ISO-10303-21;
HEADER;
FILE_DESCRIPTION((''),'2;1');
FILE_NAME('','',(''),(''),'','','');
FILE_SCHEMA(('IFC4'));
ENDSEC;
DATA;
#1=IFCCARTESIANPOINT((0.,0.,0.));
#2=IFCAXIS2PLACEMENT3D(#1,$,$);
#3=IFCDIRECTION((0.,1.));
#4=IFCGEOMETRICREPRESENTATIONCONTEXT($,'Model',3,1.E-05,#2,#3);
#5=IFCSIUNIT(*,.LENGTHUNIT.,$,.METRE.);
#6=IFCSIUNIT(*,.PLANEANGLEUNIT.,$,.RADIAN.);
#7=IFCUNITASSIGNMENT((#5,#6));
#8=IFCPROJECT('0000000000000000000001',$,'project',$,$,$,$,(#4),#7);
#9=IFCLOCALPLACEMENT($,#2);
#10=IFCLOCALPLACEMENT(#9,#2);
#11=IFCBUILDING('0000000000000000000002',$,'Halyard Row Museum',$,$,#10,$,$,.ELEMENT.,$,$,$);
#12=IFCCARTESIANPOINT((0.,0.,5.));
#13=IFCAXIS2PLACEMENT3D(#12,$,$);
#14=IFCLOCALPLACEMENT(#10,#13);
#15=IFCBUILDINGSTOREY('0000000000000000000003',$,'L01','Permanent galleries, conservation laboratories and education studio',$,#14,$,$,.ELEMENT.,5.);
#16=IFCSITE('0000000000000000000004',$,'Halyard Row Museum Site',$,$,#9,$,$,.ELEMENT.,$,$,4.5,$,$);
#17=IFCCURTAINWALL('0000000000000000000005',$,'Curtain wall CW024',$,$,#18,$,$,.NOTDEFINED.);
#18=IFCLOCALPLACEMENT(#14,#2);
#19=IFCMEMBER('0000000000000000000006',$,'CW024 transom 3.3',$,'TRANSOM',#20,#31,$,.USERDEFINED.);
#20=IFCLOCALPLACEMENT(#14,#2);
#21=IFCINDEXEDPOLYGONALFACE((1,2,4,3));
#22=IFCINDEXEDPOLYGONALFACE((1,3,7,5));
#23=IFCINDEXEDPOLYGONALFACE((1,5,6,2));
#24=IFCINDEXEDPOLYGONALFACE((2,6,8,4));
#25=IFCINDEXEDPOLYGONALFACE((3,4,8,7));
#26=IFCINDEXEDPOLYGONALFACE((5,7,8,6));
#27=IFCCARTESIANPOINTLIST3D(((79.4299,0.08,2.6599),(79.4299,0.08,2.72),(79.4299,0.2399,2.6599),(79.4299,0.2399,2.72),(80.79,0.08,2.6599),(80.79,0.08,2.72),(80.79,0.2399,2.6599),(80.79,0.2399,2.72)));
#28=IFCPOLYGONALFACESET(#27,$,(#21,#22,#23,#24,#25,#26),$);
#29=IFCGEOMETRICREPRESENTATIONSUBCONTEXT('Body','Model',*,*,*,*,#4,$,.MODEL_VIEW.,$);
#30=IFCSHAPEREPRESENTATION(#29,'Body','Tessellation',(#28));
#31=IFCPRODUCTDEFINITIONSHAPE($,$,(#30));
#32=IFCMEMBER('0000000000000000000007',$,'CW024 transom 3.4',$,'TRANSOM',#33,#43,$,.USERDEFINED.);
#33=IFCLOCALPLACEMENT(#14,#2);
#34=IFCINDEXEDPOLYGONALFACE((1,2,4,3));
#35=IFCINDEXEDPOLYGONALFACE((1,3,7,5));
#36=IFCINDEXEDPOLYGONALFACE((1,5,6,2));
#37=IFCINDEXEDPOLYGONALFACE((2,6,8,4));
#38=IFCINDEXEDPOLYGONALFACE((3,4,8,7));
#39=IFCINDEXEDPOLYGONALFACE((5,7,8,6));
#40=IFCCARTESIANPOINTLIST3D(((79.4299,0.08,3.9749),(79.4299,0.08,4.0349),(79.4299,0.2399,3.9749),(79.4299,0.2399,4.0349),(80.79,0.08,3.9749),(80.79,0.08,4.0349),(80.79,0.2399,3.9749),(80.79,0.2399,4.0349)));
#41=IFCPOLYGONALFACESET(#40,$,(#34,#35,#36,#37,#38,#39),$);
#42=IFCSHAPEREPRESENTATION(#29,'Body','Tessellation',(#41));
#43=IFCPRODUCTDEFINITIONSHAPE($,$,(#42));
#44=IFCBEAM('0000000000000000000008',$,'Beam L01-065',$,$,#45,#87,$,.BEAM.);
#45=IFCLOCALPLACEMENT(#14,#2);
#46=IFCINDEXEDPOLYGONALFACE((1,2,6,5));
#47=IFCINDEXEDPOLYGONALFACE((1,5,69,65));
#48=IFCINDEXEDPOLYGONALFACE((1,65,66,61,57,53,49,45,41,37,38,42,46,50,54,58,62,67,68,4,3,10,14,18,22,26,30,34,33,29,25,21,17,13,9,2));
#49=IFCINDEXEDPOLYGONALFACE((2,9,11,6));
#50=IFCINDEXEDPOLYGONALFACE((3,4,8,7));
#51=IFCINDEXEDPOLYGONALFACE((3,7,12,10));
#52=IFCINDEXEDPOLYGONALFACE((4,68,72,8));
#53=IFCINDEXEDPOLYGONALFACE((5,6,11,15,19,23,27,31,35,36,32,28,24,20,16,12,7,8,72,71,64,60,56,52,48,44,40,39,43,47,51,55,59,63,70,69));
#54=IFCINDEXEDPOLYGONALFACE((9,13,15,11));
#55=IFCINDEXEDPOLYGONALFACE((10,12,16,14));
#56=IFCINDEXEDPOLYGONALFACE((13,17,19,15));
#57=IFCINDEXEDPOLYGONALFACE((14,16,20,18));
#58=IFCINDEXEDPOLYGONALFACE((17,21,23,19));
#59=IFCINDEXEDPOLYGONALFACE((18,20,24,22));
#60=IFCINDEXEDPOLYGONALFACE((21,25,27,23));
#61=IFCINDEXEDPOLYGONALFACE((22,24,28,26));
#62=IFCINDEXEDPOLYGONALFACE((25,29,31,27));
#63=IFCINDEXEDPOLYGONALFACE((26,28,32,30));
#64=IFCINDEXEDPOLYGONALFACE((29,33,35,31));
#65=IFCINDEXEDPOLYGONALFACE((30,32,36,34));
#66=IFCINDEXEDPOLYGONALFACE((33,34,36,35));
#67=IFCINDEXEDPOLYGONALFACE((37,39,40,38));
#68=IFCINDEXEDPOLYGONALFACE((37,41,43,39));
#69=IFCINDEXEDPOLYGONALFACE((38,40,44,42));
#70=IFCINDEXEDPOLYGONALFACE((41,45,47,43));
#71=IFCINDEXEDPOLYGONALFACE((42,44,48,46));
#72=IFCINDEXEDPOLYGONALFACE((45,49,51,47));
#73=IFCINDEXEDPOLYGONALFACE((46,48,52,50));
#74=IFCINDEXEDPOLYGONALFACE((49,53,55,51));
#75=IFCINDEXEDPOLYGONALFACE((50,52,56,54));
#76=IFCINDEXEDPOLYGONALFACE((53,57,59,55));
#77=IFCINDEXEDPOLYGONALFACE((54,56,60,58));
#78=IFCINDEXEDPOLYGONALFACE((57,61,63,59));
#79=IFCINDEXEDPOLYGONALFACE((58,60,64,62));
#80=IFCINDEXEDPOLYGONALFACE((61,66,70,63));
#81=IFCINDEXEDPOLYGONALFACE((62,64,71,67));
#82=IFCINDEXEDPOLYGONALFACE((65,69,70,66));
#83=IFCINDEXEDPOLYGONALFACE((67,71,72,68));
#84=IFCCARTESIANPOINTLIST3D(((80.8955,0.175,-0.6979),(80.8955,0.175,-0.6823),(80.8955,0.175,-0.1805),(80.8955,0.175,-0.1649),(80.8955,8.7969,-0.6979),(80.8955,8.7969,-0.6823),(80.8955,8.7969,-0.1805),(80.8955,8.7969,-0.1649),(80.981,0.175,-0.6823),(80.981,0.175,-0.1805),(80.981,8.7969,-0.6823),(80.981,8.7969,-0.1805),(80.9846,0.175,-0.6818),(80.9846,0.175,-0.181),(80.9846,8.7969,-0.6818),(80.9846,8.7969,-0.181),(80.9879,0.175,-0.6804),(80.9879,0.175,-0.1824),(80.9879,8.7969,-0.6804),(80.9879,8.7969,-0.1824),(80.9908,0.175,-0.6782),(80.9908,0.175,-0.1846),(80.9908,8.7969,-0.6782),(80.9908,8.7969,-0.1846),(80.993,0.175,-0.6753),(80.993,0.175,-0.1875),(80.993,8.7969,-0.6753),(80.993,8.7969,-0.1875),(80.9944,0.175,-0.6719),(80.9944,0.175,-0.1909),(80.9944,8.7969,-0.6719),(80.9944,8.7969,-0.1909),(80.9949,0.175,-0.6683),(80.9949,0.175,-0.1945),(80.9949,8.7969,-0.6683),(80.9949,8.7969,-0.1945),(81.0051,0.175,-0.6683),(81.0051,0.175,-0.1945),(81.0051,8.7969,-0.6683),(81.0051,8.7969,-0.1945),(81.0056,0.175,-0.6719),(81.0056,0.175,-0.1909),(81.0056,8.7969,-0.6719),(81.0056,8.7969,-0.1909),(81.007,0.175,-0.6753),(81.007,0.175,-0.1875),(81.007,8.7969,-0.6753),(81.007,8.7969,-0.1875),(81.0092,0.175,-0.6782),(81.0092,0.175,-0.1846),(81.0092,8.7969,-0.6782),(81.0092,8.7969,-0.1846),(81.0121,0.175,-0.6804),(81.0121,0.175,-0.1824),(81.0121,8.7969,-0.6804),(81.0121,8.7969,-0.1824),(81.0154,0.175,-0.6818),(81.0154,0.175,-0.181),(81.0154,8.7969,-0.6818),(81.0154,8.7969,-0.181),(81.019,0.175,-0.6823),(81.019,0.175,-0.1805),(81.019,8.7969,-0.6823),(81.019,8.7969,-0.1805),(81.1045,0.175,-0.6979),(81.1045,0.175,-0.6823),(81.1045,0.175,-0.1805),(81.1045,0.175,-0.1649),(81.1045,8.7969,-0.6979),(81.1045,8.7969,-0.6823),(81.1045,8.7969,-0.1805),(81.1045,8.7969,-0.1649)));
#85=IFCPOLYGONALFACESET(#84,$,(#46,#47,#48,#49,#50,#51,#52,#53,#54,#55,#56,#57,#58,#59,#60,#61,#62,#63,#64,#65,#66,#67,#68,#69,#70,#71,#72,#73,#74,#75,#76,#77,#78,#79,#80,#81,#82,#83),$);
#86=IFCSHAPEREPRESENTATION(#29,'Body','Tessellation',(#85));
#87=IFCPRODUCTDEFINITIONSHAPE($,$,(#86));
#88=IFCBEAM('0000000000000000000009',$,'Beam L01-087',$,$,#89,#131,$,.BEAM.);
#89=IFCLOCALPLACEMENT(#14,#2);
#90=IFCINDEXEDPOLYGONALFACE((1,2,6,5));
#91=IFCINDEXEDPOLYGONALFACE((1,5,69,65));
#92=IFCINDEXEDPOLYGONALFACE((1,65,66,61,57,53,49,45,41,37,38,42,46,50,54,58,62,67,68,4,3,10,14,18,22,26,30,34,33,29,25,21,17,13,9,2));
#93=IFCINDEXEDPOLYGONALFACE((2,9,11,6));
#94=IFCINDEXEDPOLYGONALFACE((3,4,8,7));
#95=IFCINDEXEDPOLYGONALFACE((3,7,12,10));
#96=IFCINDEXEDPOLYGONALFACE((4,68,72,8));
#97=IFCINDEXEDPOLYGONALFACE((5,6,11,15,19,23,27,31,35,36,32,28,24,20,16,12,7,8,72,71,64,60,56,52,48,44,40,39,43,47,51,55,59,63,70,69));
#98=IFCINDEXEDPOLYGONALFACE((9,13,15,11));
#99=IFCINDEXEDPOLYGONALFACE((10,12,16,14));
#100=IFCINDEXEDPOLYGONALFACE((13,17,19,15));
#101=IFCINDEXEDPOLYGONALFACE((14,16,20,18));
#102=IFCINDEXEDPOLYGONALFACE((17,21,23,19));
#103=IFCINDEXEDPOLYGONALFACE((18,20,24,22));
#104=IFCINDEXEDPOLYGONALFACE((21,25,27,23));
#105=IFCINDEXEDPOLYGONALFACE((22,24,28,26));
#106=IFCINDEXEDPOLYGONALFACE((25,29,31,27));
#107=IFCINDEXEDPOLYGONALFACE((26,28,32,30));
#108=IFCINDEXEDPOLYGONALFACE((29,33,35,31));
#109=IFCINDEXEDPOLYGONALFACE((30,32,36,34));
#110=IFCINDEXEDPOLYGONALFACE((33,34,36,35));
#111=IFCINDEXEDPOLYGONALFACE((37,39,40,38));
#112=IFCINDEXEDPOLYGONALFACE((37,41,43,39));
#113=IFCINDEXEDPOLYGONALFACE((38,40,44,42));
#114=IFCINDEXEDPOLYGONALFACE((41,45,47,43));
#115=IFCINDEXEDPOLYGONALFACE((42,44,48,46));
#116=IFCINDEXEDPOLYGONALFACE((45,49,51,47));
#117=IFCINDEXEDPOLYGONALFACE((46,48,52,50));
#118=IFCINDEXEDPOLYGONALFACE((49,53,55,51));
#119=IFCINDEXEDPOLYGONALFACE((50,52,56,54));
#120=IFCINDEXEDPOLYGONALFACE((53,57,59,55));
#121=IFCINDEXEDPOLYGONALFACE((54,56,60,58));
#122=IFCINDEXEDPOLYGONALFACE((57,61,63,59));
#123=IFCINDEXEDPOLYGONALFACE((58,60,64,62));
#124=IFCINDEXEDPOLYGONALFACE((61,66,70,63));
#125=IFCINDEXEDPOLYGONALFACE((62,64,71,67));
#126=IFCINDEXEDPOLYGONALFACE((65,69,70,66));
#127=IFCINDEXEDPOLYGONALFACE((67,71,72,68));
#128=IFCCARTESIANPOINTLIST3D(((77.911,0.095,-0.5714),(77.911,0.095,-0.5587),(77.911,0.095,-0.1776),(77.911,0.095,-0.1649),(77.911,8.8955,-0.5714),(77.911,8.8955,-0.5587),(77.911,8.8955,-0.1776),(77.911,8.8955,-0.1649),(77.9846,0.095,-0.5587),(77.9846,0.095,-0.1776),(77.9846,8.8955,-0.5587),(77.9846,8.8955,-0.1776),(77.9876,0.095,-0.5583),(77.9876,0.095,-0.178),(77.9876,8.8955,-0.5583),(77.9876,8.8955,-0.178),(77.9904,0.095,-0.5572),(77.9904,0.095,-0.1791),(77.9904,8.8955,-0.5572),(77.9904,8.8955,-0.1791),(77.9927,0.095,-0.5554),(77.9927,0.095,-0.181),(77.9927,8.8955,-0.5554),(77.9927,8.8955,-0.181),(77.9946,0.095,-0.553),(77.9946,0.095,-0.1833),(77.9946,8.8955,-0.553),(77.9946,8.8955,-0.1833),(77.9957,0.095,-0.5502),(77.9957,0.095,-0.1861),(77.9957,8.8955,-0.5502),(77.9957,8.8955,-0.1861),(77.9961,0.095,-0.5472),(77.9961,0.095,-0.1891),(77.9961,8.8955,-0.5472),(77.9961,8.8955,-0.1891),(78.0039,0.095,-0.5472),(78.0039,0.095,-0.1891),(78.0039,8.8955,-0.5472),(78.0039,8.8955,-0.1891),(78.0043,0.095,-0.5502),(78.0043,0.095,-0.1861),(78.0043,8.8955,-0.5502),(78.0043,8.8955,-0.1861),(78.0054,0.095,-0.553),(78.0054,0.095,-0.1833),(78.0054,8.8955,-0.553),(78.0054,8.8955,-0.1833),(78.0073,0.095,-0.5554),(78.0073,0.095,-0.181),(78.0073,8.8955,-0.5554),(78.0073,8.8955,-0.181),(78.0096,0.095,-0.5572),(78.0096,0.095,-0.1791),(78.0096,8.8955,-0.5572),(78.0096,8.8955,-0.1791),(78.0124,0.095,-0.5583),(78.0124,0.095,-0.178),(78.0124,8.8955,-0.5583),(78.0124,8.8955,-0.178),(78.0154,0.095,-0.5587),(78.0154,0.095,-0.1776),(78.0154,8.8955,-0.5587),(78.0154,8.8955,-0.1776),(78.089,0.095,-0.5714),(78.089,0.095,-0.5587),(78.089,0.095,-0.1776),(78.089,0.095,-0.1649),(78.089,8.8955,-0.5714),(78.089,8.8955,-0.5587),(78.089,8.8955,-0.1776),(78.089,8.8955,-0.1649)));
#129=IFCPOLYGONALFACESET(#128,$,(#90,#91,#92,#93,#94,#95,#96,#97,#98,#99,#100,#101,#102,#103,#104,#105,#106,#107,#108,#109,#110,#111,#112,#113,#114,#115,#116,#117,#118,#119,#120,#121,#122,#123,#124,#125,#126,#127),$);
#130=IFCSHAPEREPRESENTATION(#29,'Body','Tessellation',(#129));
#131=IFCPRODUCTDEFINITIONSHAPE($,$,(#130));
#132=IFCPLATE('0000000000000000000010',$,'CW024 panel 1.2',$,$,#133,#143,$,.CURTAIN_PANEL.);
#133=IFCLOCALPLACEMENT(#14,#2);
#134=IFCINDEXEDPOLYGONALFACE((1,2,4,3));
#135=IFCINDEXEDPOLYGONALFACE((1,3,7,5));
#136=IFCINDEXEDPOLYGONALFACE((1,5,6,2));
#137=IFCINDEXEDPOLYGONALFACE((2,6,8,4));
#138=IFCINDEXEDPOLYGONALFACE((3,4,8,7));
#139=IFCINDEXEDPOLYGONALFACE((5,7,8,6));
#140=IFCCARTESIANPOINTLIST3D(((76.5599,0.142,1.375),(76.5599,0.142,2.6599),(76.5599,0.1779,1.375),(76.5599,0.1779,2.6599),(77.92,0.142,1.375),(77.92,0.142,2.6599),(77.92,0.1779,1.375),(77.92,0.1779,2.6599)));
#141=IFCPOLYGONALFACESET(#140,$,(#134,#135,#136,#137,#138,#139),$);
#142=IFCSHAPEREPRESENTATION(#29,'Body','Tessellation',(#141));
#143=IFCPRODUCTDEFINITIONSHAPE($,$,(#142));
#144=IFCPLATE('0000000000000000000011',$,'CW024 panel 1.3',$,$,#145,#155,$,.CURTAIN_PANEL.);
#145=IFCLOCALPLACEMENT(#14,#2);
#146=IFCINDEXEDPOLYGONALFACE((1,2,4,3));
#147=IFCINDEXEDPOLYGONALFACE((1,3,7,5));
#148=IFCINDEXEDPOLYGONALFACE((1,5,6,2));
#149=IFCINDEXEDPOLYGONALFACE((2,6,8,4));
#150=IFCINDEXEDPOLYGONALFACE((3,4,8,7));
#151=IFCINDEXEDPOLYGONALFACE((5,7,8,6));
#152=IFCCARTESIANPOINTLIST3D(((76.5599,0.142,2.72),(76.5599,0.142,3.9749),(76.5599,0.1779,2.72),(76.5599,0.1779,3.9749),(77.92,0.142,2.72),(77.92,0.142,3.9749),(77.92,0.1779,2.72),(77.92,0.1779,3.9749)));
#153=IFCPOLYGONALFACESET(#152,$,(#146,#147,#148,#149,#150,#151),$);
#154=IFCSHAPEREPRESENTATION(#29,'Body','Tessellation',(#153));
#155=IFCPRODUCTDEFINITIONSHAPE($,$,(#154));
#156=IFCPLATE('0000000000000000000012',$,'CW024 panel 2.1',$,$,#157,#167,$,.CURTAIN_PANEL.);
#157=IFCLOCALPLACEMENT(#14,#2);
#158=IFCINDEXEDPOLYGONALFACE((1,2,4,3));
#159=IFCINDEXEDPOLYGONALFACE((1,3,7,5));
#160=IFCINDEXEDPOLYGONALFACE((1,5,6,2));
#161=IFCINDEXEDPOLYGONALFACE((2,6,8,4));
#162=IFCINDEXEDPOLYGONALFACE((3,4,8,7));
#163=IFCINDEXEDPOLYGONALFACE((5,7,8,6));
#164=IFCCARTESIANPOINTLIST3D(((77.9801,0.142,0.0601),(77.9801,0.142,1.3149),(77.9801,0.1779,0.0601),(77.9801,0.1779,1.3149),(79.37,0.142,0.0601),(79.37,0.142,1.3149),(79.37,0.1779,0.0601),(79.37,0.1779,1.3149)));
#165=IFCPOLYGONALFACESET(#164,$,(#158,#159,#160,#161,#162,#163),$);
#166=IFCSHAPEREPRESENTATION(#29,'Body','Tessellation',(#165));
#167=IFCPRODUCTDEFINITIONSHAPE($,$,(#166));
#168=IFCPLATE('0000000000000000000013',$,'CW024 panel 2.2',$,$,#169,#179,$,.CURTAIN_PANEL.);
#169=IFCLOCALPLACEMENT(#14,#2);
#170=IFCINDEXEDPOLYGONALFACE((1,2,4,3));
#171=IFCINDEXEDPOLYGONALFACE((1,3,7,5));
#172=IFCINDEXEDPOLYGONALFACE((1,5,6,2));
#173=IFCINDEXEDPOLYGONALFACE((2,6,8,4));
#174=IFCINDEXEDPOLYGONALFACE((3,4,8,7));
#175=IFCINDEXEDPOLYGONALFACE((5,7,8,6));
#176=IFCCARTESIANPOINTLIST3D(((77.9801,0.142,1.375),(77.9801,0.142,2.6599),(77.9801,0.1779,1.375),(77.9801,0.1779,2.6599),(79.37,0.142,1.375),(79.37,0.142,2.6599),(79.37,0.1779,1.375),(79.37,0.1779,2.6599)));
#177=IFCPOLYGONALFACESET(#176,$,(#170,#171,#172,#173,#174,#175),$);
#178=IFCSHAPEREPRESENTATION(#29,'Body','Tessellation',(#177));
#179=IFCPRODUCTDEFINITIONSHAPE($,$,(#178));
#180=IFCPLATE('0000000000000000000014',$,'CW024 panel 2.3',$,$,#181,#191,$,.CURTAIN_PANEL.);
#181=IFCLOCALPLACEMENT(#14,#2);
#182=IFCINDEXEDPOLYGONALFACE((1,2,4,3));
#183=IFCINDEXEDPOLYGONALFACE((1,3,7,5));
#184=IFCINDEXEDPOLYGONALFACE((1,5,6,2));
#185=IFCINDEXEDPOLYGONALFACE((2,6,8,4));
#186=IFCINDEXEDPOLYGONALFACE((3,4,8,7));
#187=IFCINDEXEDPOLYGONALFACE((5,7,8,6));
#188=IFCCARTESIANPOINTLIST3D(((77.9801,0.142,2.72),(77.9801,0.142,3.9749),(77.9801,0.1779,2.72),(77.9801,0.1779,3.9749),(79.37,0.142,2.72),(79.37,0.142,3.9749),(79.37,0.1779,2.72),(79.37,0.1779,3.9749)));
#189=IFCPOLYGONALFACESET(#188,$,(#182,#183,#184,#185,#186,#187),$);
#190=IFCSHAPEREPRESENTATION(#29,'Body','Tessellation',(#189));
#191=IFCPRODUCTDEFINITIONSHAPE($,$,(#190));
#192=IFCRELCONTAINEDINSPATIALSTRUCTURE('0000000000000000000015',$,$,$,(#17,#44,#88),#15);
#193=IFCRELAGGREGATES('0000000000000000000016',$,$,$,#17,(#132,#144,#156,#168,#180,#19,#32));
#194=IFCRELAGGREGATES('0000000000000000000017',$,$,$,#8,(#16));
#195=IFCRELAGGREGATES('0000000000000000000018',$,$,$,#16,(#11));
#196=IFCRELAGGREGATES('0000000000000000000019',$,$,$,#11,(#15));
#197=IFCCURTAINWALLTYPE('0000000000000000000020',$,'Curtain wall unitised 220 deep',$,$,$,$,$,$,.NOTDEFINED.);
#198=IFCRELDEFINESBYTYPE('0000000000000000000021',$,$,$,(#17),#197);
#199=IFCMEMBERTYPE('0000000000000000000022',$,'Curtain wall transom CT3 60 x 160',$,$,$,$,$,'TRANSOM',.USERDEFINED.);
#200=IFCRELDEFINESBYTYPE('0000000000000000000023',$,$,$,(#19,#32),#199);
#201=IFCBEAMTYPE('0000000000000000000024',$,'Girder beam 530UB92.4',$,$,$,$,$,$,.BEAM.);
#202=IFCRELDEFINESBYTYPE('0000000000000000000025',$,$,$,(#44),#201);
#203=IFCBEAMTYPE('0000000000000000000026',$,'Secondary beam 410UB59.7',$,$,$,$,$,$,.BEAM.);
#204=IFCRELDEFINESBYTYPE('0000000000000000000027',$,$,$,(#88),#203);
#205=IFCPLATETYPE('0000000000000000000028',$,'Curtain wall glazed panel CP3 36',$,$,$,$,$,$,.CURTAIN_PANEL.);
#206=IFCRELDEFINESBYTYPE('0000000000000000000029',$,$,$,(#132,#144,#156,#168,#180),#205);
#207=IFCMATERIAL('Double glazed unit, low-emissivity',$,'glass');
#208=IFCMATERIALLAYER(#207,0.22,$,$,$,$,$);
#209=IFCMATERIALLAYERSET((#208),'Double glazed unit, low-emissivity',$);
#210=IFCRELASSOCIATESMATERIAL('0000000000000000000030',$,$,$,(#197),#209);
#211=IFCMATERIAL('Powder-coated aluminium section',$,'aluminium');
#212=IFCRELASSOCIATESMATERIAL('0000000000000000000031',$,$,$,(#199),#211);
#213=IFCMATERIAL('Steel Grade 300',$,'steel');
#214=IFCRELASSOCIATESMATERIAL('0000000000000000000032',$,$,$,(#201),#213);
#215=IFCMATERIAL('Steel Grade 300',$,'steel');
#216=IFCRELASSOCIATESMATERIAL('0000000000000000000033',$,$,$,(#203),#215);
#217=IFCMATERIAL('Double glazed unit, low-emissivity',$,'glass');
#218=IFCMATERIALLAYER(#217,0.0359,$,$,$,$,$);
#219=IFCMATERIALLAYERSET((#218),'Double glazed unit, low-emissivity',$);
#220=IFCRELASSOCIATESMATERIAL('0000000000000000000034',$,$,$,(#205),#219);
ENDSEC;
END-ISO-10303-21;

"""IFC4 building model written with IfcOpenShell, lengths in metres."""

from ifc_helpers import new_model, si_unit, direction, frame, origin, origin_2d, place, context, subcontext, project, spatial, rectangle, i_section, extrude, material, layer, layer_set, material_profile, profile_set, type_object, element, aggregate, save


model = new_model("IFC4")

# Units and contexts
model_context = context("Model", 3, precision=1e-05, world=origin(), true_north=direction((0.0, 1.0)))
body_context = subcontext(model_context, "Body", "Model", "MODEL_VIEW")
ifc_project = project(units=[si_unit("LENGTHUNIT", "METRE"), si_unit("PLANEANGLEUNIT", "RADIAN")], contexts=[model_context])

# Site, building, storey
site_placement = place(None, origin())
site = spatial("IfcSite", under=ifc_project, at=site_placement, Name="Halyard Row Museum Site", CompositionType="ELEMENT", RefElevation=4.5)
building_placement = place(site_placement, origin())
building = spatial("IfcBuilding", under=site, at=building_placement, Name="Halyard Row Museum", CompositionType="ELEMENT")
storey_placement = place(building_placement, frame((0.0, 0.0, 5.0)))
storey = spatial("IfcBuildingStorey", under=building, at=storey_placement, Name="L01", Description="Permanent galleries, conservation laboratories and education studio", CompositionType="ELEMENT", Elevation=5.0)

# Curtain wall, members
ifc_material_1 = material(Name="Double glazed unit, low-emissivity", Category="glass")
ifc_layer_1 = layer(ifc_material_1, 0.22)
ifc_layer_set_1 = layer_set([ifc_layer_1], Name="Double glazed unit, low-emissivity")
curtain_wall_type = type_object("IfcCurtainWallType", Name="Curtain wall unitised 220 deep", PredefinedType="NOTDEFINED", material=ifc_layer_set_1)
curtain_wall_placement = place(storey_placement, origin())
curtain_wall = element("IfcCurtainWall", 1, at=curtain_wall_placement, inside=storey, type_object=curtain_wall_type, Name="Curtain wall CW024", PredefinedType="NOTDEFINED")
ifc_material_2 = material(Name="Powder-coated aluminium section", Category="aluminium")
ifc_material_profile_1 = material_profile(ifc_material_2, rectangle(XDim=0.1599, YDim=0.0601, at=origin_2d()), Name="160x60 transom")
ifc_profile_set_1 = profile_set([ifc_material_profile_1], Name="Powder-coated aluminium section")
member_type_1 = type_object("IfcMemberType", Name="Curtain wall transom CT3 60 x 160", ElementType="TRANSOM", PredefinedType="USERDEFINED", material=ifc_profile_set_1)
member_1_placement = place(storey_placement, frame((79.4299, 0.1599, 2.6899), z_axis=(1.0, 0.0, 0.0), x_axis=(0.0, 1.0, 0.0)))
member_1 = element("IfcMember", 2, at=member_1_placement, type_object=member_type_1, Name="CW024 transom 3.3", ObjectType="TRANSOM", PredefinedType="USERDEFINED", context=body_context, shape_type="SweptSolid", body=[
    extrude(rectangle(XDim=0.1599, YDim=0.0601, at=origin_2d()), origin(), (0.0, 0.0, 1.0), 1.3601),
])
member_2_placement = place(storey_placement, frame((79.4299, 0.1599, 4.0049), z_axis=(1.0, 0.0, 0.0), x_axis=(0.0, 1.0, 0.0)))
member_2 = element("IfcMember", 3, at=member_2_placement, type_object=member_type_1, Name="CW024 transom 3.4", ObjectType="TRANSOM", PredefinedType="USERDEFINED", context=body_context, shape_type="SweptSolid", body=[
    extrude(rectangle(XDim=0.1599, YDim=0.0601, at=origin_2d()), origin(), (0.0, 0.0, 1.0), 1.3601),
])

# Beams
ifc_material_3 = material(Name="Steel Grade 300", Category="steel")
ifc_material_profile_2 = material_profile(ifc_material_3, i_section(OverallWidth=0.209, OverallDepth=0.533, WebThickness=0.0103, FlangeThickness=0.0156, FilletRadius=0.0139, at=origin_2d()), Name="530UB92.4")
ifc_profile_set_2 = profile_set([ifc_material_profile_2], Name="Steel Grade 300")
beam_type_1 = type_object("IfcBeamType", Name="Girder beam 530UB92.4", PredefinedType="BEAM", material=ifc_profile_set_2)
beam_1_placement = place(storey_placement, frame((81.0, 0.175, -0.4314), z_axis=(0.0, 1.0, 0.0), x_axis=(-1.0, 0.0, 0.0)))
element("IfcBeam", 4, at=beam_1_placement, inside=storey, type_object=beam_type_1, Name="Beam L01-065", PredefinedType="BEAM", context=body_context, shape_type="SweptSolid", body=[
    extrude(i_section(OverallWidth=0.209, OverallDepth=0.533, WebThickness=0.0103, FlangeThickness=0.0156, FilletRadius=0.0139, at=origin_2d()), origin(), (0.0, 0.0, 1.0), 8.6218),
])
ifc_material_4 = material(Name="Steel Grade 300", Category="steel")
ifc_material_profile_3 = material_profile(ifc_material_4, i_section(OverallWidth=0.178, OverallDepth=0.4065, WebThickness=0.0078, FlangeThickness=0.0127, FilletRadius=0.0115, at=origin_2d()), Name="410UB59.7")
ifc_profile_set_3 = profile_set([ifc_material_profile_3], Name="Steel Grade 300")
beam_type_2 = type_object("IfcBeamType", Name="Secondary beam 410UB59.7", PredefinedType="BEAM", material=ifc_profile_set_3)
beam_2_placement = place(storey_placement, frame((78.0, 0.095, -0.3682), z_axis=(0.0, 1.0, 0.0), x_axis=(-1.0, 0.0, 0.0)))
element("IfcBeam", 5, at=beam_2_placement, inside=storey, type_object=beam_type_2, Name="Beam L01-087", PredefinedType="BEAM", context=body_context, shape_type="SweptSolid", body=[
    extrude(i_section(OverallWidth=0.178, OverallDepth=0.4065, WebThickness=0.0078, FlangeThickness=0.0127, FilletRadius=0.0115, at=origin_2d()), origin(), (0.0, 0.0, 1.0), 8.8005),
])

# Plates
ifc_material_5 = material(Name="Double glazed unit, low-emissivity", Category="glass")
ifc_layer_2 = layer(ifc_material_5, 0.0359)
ifc_layer_set_2 = layer_set([ifc_layer_2], Name="Double glazed unit, low-emissivity")
plate_type = type_object("IfcPlateType", Name="Curtain wall glazed panel CP3 36", PredefinedType="CURTAIN_PANEL", material=ifc_layer_set_2)
plate_1_placement = place(storey_placement, frame((77.24, 0.1599, 1.375), z_axis=(0.0, 0.0, 1.0), x_axis=(1.0, 0.0, 0.0)))
plate_1 = element("IfcPlate", 6, at=plate_1_placement, type_object=plate_type, Name="CW024 panel 1.2", PredefinedType="CURTAIN_PANEL", context=body_context, shape_type="SweptSolid", body=[
    extrude(rectangle(XDim=1.3601, YDim=0.0359, at=origin_2d()), origin(), (0.0, 0.0, 1.0), 1.2849),
])
plate_2_placement = place(storey_placement, frame((77.24, 0.1599, 2.72), z_axis=(0.0, 0.0, 1.0), x_axis=(1.0, 0.0, 0.0)))
plate_2 = element("IfcPlate", 7, at=plate_2_placement, type_object=plate_type, Name="CW024 panel 1.3", PredefinedType="CURTAIN_PANEL", context=body_context, shape_type="SweptSolid", body=[
    extrude(rectangle(XDim=1.3601, YDim=0.0359, at=origin_2d()), origin(), (0.0, 0.0, 1.0), 1.2549),
])
plate_3_placement = place(storey_placement, frame((78.675, 0.1599, 0.0601), z_axis=(0.0, 0.0, 1.0), x_axis=(1.0, 0.0, 0.0)))
plate_3 = element("IfcPlate", 8, at=plate_3_placement, type_object=plate_type, Name="CW024 panel 2.1", PredefinedType="CURTAIN_PANEL", context=body_context, shape_type="SweptSolid", body=[
    extrude(rectangle(XDim=1.3899, YDim=0.0359, at=origin_2d()), origin(), (0.0, 0.0, 1.0), 1.2549),
])
plate_4_placement = place(storey_placement, frame((78.675, 0.1599, 1.375), z_axis=(0.0, 0.0, 1.0), x_axis=(1.0, 0.0, 0.0)))
plate_4 = element("IfcPlate", 9, at=plate_4_placement, type_object=plate_type, Name="CW024 panel 2.2", PredefinedType="CURTAIN_PANEL", context=body_context, shape_type="SweptSolid", body=[
    extrude(rectangle(XDim=1.3899, YDim=0.0359, at=origin_2d()), origin(), (0.0, 0.0, 1.0), 1.2849),
])
plate_5_placement = place(storey_placement, frame((78.675, 0.1599, 2.72), z_axis=(0.0, 0.0, 1.0), x_axis=(1.0, 0.0, 0.0)))
plate_5 = element("IfcPlate", 10, at=plate_5_placement, type_object=plate_type, Name="CW024 panel 2.3", PredefinedType="CURTAIN_PANEL", context=body_context, shape_type="SweptSolid", body=[
    extrude(rectangle(XDim=1.3899, YDim=0.0359, at=origin_2d()), origin(), (0.0, 0.0, 1.0), 1.2549),
])
aggregate(curtain_wall, [plate_1, plate_2, plate_3, plate_4, plate_5, member_1, member_2])

save(model, "model.ifc")
